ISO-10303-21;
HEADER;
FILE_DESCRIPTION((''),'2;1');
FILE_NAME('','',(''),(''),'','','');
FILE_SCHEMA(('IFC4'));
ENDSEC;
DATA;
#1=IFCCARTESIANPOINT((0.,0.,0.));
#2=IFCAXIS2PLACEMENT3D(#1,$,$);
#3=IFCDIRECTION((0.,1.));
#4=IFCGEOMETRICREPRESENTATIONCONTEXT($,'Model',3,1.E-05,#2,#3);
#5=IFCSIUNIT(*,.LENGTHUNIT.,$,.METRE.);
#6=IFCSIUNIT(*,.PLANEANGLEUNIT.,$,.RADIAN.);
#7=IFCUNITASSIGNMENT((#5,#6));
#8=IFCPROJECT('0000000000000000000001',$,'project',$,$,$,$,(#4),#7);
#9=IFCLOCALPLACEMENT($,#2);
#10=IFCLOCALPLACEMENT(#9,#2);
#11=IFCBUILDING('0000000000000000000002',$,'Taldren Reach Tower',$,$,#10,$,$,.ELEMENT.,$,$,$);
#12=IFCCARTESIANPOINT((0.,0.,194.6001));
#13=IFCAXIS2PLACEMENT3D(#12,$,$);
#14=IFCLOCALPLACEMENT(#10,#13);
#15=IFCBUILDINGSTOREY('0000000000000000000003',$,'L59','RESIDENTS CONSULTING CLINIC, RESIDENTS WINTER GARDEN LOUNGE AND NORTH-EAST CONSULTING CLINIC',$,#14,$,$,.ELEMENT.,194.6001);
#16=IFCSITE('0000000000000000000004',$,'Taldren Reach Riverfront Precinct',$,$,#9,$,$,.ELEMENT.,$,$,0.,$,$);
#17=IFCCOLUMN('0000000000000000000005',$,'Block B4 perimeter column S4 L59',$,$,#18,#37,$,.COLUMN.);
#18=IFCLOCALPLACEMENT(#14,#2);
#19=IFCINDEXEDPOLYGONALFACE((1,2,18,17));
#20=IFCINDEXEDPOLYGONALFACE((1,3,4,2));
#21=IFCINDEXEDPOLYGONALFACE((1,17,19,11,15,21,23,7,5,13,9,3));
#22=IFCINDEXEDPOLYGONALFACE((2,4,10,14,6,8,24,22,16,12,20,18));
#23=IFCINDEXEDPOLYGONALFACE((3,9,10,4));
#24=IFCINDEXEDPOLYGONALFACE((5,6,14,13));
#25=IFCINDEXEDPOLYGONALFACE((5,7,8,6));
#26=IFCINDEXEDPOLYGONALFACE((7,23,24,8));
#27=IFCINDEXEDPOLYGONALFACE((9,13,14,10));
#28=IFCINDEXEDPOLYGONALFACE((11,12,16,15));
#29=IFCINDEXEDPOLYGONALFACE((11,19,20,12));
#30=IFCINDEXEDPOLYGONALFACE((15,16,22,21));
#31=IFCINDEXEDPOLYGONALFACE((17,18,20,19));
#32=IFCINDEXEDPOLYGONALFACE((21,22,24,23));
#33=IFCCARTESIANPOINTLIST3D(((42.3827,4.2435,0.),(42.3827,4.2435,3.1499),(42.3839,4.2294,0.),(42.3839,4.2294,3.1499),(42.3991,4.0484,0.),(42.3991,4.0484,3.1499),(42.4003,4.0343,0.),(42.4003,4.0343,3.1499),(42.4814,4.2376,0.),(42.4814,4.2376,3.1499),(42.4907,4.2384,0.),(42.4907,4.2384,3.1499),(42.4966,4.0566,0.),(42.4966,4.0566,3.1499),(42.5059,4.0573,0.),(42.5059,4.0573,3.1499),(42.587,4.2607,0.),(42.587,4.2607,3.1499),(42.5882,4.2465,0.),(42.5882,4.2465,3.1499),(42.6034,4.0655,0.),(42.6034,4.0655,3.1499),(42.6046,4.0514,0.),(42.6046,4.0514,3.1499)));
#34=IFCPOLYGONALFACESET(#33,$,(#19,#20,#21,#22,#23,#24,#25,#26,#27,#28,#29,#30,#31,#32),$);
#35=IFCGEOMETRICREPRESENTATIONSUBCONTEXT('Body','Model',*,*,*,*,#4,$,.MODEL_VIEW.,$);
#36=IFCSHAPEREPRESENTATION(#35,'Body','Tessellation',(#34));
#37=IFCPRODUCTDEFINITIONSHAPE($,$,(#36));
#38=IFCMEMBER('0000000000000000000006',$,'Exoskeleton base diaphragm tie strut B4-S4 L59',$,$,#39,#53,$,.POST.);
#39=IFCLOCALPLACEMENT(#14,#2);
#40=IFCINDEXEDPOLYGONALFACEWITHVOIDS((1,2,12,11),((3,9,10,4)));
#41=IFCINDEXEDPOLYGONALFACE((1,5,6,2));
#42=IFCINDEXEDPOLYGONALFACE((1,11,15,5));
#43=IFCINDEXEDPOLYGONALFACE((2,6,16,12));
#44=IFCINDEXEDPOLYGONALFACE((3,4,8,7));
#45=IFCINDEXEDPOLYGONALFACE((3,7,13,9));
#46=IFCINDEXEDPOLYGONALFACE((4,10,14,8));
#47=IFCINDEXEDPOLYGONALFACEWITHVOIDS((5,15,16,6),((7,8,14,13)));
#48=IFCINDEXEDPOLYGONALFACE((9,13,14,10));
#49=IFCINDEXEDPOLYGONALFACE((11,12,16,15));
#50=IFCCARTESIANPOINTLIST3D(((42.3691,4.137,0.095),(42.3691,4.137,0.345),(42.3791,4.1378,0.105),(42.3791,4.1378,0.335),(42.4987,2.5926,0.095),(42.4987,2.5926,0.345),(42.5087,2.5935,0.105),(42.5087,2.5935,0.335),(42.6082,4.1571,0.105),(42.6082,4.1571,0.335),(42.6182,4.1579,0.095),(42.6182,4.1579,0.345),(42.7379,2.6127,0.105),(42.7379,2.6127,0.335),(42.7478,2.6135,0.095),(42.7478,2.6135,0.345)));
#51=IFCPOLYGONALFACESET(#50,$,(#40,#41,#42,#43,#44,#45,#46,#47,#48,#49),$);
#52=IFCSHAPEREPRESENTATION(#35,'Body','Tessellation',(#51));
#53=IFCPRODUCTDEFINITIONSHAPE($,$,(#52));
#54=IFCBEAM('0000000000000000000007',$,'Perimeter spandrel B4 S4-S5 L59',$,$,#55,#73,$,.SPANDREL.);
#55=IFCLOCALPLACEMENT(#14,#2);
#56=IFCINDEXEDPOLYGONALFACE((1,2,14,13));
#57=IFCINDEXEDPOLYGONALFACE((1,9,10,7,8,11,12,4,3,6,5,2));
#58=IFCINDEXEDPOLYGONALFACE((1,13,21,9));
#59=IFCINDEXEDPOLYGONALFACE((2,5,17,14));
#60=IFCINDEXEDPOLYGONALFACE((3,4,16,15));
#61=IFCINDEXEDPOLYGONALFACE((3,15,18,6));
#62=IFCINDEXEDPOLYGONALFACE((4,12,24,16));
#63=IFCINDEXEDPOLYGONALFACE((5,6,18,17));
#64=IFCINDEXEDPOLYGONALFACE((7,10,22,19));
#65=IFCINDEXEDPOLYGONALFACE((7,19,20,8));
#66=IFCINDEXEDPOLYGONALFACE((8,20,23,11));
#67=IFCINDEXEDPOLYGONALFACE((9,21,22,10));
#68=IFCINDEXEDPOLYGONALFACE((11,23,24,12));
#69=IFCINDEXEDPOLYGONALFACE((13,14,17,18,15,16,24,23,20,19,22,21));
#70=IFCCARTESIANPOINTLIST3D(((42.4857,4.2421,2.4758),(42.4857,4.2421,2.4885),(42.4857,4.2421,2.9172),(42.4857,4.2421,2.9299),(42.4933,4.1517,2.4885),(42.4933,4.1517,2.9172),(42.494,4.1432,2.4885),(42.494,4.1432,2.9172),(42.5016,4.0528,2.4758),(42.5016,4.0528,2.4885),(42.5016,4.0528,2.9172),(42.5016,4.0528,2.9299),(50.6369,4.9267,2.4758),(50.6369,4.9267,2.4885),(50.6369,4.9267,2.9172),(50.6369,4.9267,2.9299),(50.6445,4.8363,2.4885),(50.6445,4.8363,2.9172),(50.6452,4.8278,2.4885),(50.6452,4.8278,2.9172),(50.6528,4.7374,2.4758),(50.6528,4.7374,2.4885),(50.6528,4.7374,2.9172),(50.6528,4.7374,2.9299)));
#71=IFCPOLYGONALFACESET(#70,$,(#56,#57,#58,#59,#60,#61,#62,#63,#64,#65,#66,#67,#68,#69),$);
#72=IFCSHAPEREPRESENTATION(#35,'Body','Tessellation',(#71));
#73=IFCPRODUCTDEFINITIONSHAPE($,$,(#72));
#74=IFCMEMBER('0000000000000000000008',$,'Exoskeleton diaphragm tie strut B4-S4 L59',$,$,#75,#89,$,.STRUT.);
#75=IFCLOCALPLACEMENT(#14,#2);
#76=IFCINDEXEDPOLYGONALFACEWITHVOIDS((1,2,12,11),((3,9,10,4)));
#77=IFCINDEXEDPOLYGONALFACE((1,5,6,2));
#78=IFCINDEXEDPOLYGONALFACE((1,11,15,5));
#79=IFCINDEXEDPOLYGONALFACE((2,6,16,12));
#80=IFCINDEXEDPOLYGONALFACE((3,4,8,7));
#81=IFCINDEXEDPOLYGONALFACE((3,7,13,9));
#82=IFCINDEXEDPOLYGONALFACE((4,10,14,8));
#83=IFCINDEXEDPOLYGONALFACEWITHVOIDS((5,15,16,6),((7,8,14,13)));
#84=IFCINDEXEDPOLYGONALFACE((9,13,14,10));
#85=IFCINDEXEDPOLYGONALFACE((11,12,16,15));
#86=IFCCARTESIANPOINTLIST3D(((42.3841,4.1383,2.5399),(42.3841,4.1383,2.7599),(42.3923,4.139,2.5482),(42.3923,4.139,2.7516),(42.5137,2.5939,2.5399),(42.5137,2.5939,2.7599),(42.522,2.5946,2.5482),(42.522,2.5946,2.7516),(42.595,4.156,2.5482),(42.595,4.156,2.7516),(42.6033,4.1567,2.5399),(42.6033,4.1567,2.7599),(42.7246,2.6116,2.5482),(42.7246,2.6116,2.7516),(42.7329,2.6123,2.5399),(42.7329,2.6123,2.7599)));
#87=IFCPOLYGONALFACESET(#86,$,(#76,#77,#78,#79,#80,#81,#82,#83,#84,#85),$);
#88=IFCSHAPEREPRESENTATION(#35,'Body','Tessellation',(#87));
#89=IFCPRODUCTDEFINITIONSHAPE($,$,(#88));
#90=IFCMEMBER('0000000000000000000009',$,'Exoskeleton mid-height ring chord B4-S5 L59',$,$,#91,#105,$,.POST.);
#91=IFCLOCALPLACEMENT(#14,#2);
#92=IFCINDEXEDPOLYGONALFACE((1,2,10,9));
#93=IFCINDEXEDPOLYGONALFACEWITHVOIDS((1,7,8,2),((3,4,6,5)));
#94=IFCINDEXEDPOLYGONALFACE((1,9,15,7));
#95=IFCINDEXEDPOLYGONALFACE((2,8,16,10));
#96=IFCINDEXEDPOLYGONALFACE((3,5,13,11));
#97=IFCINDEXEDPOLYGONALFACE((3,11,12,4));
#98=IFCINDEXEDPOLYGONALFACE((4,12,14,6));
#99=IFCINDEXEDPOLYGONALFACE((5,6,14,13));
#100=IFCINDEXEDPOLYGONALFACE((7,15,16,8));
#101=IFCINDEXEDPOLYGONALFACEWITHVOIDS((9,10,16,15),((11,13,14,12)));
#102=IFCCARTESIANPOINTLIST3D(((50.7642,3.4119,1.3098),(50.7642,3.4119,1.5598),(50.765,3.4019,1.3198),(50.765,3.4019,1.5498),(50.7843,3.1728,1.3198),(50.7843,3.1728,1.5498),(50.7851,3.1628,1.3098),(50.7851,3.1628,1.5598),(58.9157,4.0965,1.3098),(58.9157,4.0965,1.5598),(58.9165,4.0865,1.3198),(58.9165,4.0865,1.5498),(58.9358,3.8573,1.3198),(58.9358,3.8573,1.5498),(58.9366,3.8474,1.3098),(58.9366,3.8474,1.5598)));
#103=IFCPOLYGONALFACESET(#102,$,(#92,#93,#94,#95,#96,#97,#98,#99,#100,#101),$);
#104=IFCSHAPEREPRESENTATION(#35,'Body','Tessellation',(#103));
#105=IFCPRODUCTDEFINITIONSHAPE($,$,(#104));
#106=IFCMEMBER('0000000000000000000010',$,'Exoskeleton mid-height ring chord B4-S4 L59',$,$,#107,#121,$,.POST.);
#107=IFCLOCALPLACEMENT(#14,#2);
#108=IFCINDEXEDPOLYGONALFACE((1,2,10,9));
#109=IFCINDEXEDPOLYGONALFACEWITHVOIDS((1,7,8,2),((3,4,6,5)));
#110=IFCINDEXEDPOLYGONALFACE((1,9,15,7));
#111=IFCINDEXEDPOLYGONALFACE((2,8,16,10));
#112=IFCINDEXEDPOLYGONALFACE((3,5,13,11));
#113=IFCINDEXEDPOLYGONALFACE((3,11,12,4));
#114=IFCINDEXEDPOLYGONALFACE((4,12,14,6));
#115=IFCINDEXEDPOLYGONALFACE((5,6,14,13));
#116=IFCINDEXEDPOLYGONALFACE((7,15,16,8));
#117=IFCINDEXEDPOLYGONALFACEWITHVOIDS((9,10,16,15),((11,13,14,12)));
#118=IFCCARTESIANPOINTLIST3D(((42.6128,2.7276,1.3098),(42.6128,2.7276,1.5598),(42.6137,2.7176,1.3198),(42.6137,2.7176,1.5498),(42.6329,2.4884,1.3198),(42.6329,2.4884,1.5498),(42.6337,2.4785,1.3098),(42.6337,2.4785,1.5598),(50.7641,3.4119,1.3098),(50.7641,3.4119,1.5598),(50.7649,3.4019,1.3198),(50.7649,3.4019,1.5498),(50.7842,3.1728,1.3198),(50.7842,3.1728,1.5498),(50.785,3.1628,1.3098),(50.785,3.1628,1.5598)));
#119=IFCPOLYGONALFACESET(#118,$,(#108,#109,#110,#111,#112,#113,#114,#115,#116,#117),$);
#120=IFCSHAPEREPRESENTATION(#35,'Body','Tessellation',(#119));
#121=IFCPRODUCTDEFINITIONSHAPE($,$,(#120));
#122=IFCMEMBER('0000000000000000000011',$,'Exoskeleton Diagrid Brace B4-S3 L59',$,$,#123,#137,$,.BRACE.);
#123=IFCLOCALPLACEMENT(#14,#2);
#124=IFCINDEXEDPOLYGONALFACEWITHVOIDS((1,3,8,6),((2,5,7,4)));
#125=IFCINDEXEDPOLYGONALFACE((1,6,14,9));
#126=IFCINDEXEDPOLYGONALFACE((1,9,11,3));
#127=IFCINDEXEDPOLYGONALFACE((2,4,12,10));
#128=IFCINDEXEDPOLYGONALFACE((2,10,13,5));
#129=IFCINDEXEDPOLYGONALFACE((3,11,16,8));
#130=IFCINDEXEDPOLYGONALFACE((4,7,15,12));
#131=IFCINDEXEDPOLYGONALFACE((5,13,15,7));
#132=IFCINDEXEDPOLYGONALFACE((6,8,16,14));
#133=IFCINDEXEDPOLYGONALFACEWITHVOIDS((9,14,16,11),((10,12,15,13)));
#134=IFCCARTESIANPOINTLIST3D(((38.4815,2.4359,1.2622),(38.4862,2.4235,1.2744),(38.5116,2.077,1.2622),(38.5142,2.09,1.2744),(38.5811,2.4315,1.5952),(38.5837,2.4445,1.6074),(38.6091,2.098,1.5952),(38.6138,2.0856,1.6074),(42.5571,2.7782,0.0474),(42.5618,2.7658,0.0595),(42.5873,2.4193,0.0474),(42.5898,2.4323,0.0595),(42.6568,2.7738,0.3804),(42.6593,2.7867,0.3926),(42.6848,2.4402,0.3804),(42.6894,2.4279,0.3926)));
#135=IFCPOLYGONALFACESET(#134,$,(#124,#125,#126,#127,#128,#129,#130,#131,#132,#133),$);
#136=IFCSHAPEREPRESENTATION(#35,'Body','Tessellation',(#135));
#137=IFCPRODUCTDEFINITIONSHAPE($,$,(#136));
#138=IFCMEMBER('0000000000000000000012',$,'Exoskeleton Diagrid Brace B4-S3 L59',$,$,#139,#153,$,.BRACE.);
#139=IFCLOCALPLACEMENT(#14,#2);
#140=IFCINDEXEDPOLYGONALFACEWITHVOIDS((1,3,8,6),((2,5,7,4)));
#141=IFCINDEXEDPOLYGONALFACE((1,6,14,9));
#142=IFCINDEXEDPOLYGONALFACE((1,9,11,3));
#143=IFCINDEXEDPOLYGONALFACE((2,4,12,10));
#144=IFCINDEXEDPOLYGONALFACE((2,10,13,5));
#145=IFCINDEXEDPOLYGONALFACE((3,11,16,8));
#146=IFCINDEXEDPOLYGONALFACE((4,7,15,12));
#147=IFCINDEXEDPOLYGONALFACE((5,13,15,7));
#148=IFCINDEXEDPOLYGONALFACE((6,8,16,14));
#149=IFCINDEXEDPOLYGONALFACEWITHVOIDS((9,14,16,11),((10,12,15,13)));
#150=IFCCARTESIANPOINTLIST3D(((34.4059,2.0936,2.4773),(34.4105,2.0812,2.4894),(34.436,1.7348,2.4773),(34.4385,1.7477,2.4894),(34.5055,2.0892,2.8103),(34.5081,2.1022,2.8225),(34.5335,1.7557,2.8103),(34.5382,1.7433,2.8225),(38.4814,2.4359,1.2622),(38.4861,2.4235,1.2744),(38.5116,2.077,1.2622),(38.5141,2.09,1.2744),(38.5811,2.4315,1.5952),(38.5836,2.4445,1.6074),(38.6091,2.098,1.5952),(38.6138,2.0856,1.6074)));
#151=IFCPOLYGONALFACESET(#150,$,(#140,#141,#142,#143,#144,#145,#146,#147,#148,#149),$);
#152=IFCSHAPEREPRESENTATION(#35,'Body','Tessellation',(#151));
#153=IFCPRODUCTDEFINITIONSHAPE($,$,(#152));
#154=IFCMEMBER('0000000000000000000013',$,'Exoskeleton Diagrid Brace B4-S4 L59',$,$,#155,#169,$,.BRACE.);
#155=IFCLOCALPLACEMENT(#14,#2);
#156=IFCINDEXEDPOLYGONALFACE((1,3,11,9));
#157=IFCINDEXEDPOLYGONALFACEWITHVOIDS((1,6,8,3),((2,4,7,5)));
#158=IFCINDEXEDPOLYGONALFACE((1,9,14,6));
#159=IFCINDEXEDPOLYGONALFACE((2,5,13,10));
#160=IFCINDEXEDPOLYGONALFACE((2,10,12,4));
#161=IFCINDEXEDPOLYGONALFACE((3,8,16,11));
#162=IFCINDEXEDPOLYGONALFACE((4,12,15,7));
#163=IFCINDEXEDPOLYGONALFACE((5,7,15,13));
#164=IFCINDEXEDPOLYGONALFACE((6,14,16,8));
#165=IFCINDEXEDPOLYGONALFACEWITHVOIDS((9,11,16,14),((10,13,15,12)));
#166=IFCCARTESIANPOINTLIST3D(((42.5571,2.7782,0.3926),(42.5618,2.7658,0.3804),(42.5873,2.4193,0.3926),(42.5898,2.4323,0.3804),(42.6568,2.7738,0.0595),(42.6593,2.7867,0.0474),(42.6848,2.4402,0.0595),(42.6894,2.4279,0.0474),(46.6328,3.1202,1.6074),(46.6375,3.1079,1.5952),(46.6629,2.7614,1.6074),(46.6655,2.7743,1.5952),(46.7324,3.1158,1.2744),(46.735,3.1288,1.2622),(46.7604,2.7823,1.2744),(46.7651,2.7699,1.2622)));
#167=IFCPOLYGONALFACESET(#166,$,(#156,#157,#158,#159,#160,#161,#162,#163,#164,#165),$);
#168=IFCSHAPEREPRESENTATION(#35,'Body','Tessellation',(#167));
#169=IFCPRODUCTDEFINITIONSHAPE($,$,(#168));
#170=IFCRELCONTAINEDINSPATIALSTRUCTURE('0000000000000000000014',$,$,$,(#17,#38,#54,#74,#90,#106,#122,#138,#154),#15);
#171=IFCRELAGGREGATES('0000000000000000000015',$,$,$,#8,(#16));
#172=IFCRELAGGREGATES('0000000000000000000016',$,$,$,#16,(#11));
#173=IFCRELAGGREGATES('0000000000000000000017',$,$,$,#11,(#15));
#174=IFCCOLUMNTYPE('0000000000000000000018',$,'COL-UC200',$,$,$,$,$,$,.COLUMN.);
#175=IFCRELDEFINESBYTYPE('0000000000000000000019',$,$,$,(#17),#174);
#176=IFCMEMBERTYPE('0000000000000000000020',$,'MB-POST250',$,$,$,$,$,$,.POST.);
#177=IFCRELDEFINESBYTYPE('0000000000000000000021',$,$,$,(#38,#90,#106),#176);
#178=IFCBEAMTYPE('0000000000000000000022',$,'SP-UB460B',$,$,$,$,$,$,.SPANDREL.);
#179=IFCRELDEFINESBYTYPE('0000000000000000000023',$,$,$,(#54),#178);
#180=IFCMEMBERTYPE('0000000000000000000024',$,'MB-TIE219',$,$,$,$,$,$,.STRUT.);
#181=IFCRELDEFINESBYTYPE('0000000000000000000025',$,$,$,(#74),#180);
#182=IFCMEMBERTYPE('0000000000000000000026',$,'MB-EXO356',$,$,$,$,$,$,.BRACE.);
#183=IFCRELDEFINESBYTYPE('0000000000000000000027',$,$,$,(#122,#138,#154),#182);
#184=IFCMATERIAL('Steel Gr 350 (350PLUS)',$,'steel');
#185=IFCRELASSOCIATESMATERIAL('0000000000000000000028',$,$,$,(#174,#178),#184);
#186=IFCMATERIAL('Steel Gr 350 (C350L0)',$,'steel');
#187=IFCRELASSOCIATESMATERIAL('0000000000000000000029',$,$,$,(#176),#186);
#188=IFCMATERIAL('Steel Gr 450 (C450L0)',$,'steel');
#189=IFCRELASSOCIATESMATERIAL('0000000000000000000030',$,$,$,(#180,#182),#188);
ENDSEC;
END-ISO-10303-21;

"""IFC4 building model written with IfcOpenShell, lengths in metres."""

from ifc_helpers import new_model, si_unit, direction, frame, origin, origin_2d, place, context, subcontext, project, spatial, hollow_rectangle, i_section, extrude, source, transform, mapped, material, material_profile, profile_set, type_object, element, save


model = new_model("IFC4")

# Units and contexts
model_context = context("Model", 3, precision=1e-05, world=origin(), true_north=direction((0.0, 1.0)))
body_context = subcontext(model_context, "Body", "Model", "MODEL_VIEW")
ifc_project = project(units=[si_unit("LENGTHUNIT", "METRE"), si_unit("PLANEANGLEUNIT", "RADIAN")], contexts=[model_context])

# Site, building, storey
site_placement = place(None, origin())
site = spatial("IfcSite", under=ifc_project, at=site_placement, Name="Taldren Reach Riverfront Precinct", CompositionType="ELEMENT", RefElevation=0.0)
building_placement = place(site_placement, origin())
building = spatial("IfcBuilding", under=site, at=building_placement, Name="Taldren Reach Tower", CompositionType="ELEMENT")
storey_placement = place(building_placement, frame((0.0, 0.0, 194.6001)))
storey = spatial("IfcBuildingStorey", under=building, at=storey_placement, Name="L59", Description="RESIDENTS CONSULTING CLINIC, RESIDENTS WINTER GARDEN LOUNGE AND NORTH-EAST CONSULTING CLINIC", CompositionType="ELEMENT", Elevation=194.6001)

# Column
ifc_material_1 = material(Name="Steel Gr 350 (350PLUS)", Category="steel")
ifc_material_profile_1 = material_profile(ifc_material_1, i_section(OverallWidth=0.2051, OverallDepth=0.21, WebThickness=0.0093, FlangeThickness=0.0142, at=origin_2d()), Name="200UC59.5")
ifc_profile_set_1 = profile_set([ifc_material_profile_1], Name="Steel Gr 350 (350PLUS)")
column_type = type_object("IfcColumnType", Name="COL-UC200", PredefinedType="COLUMN", material=ifc_profile_set_1)
shared_shape_1 = source(origin(), body_context, "Body", "SweptSolid", [
    extrude(i_section(OverallWidth=0.2051, OverallDepth=0.21, WebThickness=0.0093, FlangeThickness=0.0142, at=origin_2d()), origin(), (0.0, 0.0, 1.0), 3.1499),
])
column_placement = place(storey_placement, frame((42.4937, 4.1475, 0.0), z_axis=(0.0, 0.0, 1.0), x_axis=(0.996493, 0.083678, 0.0)))
element("IfcColumn", 1, at=column_placement, inside=storey, type_object=column_type, Name="Block B4 perimeter column S4 L59", PredefinedType="COLUMN", context=body_context, shape_type="MappedRepresentation", body=[
    mapped(shared_shape_1, transform((0.0, 0.0, 0.0), scale=1.0)),
])

# Member
ifc_material_2 = material(Name="Steel Gr 350 (C350L0)", Category="steel")
ifc_material_profile_2 = material_profile(ifc_material_2, hollow_rectangle(XDim=0.25, YDim=0.25, WallThickness=0.01, at=origin_2d()), Name="250x250x10.0SHS")
ifc_profile_set_2 = profile_set([ifc_material_profile_2], Name="Steel Gr 350 (C350L0)")
member_type_1 = type_object("IfcMemberType", Name="MB-POST250", PredefinedType="POST", material=ifc_profile_set_2)
shared_shape_2 = source(origin(), body_context, "Body", "SweptSolid", [
    extrude(hollow_rectangle(XDim=0.25, YDim=0.25, WallThickness=0.01, at=origin_2d()), origin(), (0.0, 0.0, 1.0), 1.5498),
])
member_1_placement = place(storey_placement, frame((42.4937, 4.1475, 0.22), z_axis=(0.083645, -0.996496, 0.0), x_axis=(0.996496, 0.083645, 0.0)))
element("IfcMember", 2, at=member_1_placement, inside=storey, type_object=member_type_1, Name="Exoskeleton base diaphragm tie strut B4-S4 L59", PredefinedType="POST", context=body_context, shape_type="MappedRepresentation", body=[
    mapped(shared_shape_2, transform((0.0, 0.0, 0.0), scale=1.0)),
])

# Beam
ifc_material_profile_3 = material_profile(ifc_material_1, i_section(OverallWidth=0.1899, OverallDepth=0.4541, WebThickness=0.0085, FlangeThickness=0.0127, at=origin_2d()), Name="460UB67.1")
ifc_profile_set_3 = profile_set([ifc_material_profile_3], Name="Steel Gr 350 (350PLUS)")
beam_type = type_object("IfcBeamType", Name="SP-UB460B", PredefinedType="SPANDREL", material=ifc_profile_set_3)
shared_shape_3 = source(origin(), body_context, "Body", "SweptSolid", [
    extrude(i_section(OverallWidth=0.1899, OverallDepth=0.4541, WebThickness=0.0085, FlangeThickness=0.0127, at=origin_2d()), origin(), (0.0, 0.0, 1.0), 8.1799),
])
beam_placement = place(storey_placement, frame((42.4937, 4.1475, 2.7029), z_axis=(0.996492, 0.08369, 0.0), x_axis=(-0.08369, 0.996492, 0.0)))
element("IfcBeam", 3, at=beam_placement, inside=storey, type_object=beam_type, Name="Perimeter spandrel B4 S4-S5 L59", PredefinedType="SPANDREL", context=body_context, shape_type="MappedRepresentation", body=[
    mapped(shared_shape_3, transform((0.0, 0.0, 0.0), scale=1.0)),
])

# Members
ifc_material_3 = material(Name="Steel Gr 450 (C450L0)", Category="steel")
ifc_material_profile_4 = material_profile(ifc_material_3, hollow_rectangle(XDim=0.22, YDim=0.22, WallThickness=0.0083, at=origin_2d()), Name="220x220x8.2SHS")
ifc_profile_set_4 = profile_set([ifc_material_profile_4], Name="Steel Gr 450 (C450L0)")
member_type_2 = type_object("IfcMemberType", Name="MB-TIE219", PredefinedType="STRUT", material=ifc_profile_set_4)
shared_shape_4 = source(origin(), body_context, "Body", "SweptSolid", [
    extrude(hollow_rectangle(XDim=0.22, YDim=0.22, WallThickness=0.0083, at=origin_2d()), origin(), (0.0, 0.0, 1.0), 1.5498),
])
member_2_placement = place(storey_placement, frame((42.4937, 4.1475, 2.6499), z_axis=(0.083645, -0.996496, 0.0), x_axis=(0.996496, 0.083645, 0.0)))
element("IfcMember", 4, at=member_2_placement, inside=storey, type_object=member_type_2, Name="Exoskeleton diaphragm tie strut B4-S4 L59", PredefinedType="STRUT", context=body_context, shape_type="MappedRepresentation", body=[
    mapped(shared_shape_4, transform((0.0, 0.0, 0.0), scale=1.0)),
])
shared_shape_5 = source(origin(), body_context, "Body", "SweptSolid", [
    extrude(hollow_rectangle(XDim=0.25, YDim=0.25, WallThickness=0.01, at=origin_2d()), origin(), (0.0, 0.0, 1.0), 8.1802),
])
member_3_placement = place(storey_placement, frame((50.7747, 3.2874, 1.4348), z_axis=(0.996492, 0.083688, 0.0), x_axis=(-0.083688, 0.996492, 0.0)))
element("IfcMember", 5, at=member_3_placement, inside=storey, type_object=member_type_1, Name="Exoskeleton mid-height ring chord B4-S5 L59", PredefinedType="POST", context=body_context, shape_type="MappedRepresentation", body=[
    mapped(shared_shape_5, transform((0.0, 0.0, 0.0), scale=1.0)),
])
shared_shape_6 = source(origin(), body_context, "Body", "SweptSolid", [
    extrude(hollow_rectangle(XDim=0.25, YDim=0.25, WallThickness=0.01, at=origin_2d()), origin(), (0.0, 0.0, 1.0), 8.1799),
])
member_4_placement = place(storey_placement, frame((42.6233, 2.603, 1.4348), z_axis=(0.996495, 0.083658, 0.0), x_axis=(-0.083658, 0.996495, 0.0)))
element("IfcMember", 6, at=member_4_placement, inside=storey, type_object=member_type_1, Name="Exoskeleton mid-height ring chord B4-S4 L59", PredefinedType="POST", context=body_context, shape_type="MappedRepresentation", body=[
    mapped(shared_shape_6, transform((0.0, 0.0, 0.0), scale=1.0)),
])
ifc_material_profile_5 = material_profile(ifc_material_3, hollow_rectangle(XDim=0.3601, YDim=0.3601, WallThickness=0.0127, at=origin_2d()), Name="360x360x12.7SHS")
ifc_profile_set_5 = profile_set([ifc_material_profile_5], Name="Steel Gr 450 (C450L0)")
member_type_3 = type_object("IfcMemberType", Name="MB-EXO356", PredefinedType="BRACE", material=ifc_profile_set_5)
shared_shape_7 = source(origin(), body_context, "Body", "SweptSolid", [
    extrude(hollow_rectangle(XDim=0.3601, YDim=0.3601, WallThickness=0.0127, at=origin_2d()), origin(), (0.0, 0.0, 1.0), 4.2666),
])
for number, where, z_axis, x_axis, name in (
    (7, (42.6233, 2.603, 0.22), (-0.955245, -0.080224, 0.284731), (0.083688, -0.996492, 0.0), "Exoskeleton Diagrid Brace B4-S3 L59"),
    (8, (38.5476, 2.2607, 1.4348), (-0.955229, -0.080222, 0.284783), (0.083688, -0.996492, 0.0), "Exoskeleton Diagrid Brace B4-S3 L59"),
    (9, (42.6233, 2.603, 0.22), (0.955249, 0.080167, 0.284732), (-0.083628, 0.996497, 0.0), "Exoskeleton Diagrid Brace B4-S4 L59"),
):
    element("IfcMember", number, at=place(storey_placement, frame(where, z_axis=z_axis, x_axis=x_axis)), inside=storey, type_object=member_type_3, Name=name, PredefinedType="BRACE", context=body_context, shape_type="MappedRepresentation", body=[
        mapped(shared_shape_7, transform((0.0, 0.0, 0.0), scale=1.0)),
    ])

save(model, "model.ifc")
